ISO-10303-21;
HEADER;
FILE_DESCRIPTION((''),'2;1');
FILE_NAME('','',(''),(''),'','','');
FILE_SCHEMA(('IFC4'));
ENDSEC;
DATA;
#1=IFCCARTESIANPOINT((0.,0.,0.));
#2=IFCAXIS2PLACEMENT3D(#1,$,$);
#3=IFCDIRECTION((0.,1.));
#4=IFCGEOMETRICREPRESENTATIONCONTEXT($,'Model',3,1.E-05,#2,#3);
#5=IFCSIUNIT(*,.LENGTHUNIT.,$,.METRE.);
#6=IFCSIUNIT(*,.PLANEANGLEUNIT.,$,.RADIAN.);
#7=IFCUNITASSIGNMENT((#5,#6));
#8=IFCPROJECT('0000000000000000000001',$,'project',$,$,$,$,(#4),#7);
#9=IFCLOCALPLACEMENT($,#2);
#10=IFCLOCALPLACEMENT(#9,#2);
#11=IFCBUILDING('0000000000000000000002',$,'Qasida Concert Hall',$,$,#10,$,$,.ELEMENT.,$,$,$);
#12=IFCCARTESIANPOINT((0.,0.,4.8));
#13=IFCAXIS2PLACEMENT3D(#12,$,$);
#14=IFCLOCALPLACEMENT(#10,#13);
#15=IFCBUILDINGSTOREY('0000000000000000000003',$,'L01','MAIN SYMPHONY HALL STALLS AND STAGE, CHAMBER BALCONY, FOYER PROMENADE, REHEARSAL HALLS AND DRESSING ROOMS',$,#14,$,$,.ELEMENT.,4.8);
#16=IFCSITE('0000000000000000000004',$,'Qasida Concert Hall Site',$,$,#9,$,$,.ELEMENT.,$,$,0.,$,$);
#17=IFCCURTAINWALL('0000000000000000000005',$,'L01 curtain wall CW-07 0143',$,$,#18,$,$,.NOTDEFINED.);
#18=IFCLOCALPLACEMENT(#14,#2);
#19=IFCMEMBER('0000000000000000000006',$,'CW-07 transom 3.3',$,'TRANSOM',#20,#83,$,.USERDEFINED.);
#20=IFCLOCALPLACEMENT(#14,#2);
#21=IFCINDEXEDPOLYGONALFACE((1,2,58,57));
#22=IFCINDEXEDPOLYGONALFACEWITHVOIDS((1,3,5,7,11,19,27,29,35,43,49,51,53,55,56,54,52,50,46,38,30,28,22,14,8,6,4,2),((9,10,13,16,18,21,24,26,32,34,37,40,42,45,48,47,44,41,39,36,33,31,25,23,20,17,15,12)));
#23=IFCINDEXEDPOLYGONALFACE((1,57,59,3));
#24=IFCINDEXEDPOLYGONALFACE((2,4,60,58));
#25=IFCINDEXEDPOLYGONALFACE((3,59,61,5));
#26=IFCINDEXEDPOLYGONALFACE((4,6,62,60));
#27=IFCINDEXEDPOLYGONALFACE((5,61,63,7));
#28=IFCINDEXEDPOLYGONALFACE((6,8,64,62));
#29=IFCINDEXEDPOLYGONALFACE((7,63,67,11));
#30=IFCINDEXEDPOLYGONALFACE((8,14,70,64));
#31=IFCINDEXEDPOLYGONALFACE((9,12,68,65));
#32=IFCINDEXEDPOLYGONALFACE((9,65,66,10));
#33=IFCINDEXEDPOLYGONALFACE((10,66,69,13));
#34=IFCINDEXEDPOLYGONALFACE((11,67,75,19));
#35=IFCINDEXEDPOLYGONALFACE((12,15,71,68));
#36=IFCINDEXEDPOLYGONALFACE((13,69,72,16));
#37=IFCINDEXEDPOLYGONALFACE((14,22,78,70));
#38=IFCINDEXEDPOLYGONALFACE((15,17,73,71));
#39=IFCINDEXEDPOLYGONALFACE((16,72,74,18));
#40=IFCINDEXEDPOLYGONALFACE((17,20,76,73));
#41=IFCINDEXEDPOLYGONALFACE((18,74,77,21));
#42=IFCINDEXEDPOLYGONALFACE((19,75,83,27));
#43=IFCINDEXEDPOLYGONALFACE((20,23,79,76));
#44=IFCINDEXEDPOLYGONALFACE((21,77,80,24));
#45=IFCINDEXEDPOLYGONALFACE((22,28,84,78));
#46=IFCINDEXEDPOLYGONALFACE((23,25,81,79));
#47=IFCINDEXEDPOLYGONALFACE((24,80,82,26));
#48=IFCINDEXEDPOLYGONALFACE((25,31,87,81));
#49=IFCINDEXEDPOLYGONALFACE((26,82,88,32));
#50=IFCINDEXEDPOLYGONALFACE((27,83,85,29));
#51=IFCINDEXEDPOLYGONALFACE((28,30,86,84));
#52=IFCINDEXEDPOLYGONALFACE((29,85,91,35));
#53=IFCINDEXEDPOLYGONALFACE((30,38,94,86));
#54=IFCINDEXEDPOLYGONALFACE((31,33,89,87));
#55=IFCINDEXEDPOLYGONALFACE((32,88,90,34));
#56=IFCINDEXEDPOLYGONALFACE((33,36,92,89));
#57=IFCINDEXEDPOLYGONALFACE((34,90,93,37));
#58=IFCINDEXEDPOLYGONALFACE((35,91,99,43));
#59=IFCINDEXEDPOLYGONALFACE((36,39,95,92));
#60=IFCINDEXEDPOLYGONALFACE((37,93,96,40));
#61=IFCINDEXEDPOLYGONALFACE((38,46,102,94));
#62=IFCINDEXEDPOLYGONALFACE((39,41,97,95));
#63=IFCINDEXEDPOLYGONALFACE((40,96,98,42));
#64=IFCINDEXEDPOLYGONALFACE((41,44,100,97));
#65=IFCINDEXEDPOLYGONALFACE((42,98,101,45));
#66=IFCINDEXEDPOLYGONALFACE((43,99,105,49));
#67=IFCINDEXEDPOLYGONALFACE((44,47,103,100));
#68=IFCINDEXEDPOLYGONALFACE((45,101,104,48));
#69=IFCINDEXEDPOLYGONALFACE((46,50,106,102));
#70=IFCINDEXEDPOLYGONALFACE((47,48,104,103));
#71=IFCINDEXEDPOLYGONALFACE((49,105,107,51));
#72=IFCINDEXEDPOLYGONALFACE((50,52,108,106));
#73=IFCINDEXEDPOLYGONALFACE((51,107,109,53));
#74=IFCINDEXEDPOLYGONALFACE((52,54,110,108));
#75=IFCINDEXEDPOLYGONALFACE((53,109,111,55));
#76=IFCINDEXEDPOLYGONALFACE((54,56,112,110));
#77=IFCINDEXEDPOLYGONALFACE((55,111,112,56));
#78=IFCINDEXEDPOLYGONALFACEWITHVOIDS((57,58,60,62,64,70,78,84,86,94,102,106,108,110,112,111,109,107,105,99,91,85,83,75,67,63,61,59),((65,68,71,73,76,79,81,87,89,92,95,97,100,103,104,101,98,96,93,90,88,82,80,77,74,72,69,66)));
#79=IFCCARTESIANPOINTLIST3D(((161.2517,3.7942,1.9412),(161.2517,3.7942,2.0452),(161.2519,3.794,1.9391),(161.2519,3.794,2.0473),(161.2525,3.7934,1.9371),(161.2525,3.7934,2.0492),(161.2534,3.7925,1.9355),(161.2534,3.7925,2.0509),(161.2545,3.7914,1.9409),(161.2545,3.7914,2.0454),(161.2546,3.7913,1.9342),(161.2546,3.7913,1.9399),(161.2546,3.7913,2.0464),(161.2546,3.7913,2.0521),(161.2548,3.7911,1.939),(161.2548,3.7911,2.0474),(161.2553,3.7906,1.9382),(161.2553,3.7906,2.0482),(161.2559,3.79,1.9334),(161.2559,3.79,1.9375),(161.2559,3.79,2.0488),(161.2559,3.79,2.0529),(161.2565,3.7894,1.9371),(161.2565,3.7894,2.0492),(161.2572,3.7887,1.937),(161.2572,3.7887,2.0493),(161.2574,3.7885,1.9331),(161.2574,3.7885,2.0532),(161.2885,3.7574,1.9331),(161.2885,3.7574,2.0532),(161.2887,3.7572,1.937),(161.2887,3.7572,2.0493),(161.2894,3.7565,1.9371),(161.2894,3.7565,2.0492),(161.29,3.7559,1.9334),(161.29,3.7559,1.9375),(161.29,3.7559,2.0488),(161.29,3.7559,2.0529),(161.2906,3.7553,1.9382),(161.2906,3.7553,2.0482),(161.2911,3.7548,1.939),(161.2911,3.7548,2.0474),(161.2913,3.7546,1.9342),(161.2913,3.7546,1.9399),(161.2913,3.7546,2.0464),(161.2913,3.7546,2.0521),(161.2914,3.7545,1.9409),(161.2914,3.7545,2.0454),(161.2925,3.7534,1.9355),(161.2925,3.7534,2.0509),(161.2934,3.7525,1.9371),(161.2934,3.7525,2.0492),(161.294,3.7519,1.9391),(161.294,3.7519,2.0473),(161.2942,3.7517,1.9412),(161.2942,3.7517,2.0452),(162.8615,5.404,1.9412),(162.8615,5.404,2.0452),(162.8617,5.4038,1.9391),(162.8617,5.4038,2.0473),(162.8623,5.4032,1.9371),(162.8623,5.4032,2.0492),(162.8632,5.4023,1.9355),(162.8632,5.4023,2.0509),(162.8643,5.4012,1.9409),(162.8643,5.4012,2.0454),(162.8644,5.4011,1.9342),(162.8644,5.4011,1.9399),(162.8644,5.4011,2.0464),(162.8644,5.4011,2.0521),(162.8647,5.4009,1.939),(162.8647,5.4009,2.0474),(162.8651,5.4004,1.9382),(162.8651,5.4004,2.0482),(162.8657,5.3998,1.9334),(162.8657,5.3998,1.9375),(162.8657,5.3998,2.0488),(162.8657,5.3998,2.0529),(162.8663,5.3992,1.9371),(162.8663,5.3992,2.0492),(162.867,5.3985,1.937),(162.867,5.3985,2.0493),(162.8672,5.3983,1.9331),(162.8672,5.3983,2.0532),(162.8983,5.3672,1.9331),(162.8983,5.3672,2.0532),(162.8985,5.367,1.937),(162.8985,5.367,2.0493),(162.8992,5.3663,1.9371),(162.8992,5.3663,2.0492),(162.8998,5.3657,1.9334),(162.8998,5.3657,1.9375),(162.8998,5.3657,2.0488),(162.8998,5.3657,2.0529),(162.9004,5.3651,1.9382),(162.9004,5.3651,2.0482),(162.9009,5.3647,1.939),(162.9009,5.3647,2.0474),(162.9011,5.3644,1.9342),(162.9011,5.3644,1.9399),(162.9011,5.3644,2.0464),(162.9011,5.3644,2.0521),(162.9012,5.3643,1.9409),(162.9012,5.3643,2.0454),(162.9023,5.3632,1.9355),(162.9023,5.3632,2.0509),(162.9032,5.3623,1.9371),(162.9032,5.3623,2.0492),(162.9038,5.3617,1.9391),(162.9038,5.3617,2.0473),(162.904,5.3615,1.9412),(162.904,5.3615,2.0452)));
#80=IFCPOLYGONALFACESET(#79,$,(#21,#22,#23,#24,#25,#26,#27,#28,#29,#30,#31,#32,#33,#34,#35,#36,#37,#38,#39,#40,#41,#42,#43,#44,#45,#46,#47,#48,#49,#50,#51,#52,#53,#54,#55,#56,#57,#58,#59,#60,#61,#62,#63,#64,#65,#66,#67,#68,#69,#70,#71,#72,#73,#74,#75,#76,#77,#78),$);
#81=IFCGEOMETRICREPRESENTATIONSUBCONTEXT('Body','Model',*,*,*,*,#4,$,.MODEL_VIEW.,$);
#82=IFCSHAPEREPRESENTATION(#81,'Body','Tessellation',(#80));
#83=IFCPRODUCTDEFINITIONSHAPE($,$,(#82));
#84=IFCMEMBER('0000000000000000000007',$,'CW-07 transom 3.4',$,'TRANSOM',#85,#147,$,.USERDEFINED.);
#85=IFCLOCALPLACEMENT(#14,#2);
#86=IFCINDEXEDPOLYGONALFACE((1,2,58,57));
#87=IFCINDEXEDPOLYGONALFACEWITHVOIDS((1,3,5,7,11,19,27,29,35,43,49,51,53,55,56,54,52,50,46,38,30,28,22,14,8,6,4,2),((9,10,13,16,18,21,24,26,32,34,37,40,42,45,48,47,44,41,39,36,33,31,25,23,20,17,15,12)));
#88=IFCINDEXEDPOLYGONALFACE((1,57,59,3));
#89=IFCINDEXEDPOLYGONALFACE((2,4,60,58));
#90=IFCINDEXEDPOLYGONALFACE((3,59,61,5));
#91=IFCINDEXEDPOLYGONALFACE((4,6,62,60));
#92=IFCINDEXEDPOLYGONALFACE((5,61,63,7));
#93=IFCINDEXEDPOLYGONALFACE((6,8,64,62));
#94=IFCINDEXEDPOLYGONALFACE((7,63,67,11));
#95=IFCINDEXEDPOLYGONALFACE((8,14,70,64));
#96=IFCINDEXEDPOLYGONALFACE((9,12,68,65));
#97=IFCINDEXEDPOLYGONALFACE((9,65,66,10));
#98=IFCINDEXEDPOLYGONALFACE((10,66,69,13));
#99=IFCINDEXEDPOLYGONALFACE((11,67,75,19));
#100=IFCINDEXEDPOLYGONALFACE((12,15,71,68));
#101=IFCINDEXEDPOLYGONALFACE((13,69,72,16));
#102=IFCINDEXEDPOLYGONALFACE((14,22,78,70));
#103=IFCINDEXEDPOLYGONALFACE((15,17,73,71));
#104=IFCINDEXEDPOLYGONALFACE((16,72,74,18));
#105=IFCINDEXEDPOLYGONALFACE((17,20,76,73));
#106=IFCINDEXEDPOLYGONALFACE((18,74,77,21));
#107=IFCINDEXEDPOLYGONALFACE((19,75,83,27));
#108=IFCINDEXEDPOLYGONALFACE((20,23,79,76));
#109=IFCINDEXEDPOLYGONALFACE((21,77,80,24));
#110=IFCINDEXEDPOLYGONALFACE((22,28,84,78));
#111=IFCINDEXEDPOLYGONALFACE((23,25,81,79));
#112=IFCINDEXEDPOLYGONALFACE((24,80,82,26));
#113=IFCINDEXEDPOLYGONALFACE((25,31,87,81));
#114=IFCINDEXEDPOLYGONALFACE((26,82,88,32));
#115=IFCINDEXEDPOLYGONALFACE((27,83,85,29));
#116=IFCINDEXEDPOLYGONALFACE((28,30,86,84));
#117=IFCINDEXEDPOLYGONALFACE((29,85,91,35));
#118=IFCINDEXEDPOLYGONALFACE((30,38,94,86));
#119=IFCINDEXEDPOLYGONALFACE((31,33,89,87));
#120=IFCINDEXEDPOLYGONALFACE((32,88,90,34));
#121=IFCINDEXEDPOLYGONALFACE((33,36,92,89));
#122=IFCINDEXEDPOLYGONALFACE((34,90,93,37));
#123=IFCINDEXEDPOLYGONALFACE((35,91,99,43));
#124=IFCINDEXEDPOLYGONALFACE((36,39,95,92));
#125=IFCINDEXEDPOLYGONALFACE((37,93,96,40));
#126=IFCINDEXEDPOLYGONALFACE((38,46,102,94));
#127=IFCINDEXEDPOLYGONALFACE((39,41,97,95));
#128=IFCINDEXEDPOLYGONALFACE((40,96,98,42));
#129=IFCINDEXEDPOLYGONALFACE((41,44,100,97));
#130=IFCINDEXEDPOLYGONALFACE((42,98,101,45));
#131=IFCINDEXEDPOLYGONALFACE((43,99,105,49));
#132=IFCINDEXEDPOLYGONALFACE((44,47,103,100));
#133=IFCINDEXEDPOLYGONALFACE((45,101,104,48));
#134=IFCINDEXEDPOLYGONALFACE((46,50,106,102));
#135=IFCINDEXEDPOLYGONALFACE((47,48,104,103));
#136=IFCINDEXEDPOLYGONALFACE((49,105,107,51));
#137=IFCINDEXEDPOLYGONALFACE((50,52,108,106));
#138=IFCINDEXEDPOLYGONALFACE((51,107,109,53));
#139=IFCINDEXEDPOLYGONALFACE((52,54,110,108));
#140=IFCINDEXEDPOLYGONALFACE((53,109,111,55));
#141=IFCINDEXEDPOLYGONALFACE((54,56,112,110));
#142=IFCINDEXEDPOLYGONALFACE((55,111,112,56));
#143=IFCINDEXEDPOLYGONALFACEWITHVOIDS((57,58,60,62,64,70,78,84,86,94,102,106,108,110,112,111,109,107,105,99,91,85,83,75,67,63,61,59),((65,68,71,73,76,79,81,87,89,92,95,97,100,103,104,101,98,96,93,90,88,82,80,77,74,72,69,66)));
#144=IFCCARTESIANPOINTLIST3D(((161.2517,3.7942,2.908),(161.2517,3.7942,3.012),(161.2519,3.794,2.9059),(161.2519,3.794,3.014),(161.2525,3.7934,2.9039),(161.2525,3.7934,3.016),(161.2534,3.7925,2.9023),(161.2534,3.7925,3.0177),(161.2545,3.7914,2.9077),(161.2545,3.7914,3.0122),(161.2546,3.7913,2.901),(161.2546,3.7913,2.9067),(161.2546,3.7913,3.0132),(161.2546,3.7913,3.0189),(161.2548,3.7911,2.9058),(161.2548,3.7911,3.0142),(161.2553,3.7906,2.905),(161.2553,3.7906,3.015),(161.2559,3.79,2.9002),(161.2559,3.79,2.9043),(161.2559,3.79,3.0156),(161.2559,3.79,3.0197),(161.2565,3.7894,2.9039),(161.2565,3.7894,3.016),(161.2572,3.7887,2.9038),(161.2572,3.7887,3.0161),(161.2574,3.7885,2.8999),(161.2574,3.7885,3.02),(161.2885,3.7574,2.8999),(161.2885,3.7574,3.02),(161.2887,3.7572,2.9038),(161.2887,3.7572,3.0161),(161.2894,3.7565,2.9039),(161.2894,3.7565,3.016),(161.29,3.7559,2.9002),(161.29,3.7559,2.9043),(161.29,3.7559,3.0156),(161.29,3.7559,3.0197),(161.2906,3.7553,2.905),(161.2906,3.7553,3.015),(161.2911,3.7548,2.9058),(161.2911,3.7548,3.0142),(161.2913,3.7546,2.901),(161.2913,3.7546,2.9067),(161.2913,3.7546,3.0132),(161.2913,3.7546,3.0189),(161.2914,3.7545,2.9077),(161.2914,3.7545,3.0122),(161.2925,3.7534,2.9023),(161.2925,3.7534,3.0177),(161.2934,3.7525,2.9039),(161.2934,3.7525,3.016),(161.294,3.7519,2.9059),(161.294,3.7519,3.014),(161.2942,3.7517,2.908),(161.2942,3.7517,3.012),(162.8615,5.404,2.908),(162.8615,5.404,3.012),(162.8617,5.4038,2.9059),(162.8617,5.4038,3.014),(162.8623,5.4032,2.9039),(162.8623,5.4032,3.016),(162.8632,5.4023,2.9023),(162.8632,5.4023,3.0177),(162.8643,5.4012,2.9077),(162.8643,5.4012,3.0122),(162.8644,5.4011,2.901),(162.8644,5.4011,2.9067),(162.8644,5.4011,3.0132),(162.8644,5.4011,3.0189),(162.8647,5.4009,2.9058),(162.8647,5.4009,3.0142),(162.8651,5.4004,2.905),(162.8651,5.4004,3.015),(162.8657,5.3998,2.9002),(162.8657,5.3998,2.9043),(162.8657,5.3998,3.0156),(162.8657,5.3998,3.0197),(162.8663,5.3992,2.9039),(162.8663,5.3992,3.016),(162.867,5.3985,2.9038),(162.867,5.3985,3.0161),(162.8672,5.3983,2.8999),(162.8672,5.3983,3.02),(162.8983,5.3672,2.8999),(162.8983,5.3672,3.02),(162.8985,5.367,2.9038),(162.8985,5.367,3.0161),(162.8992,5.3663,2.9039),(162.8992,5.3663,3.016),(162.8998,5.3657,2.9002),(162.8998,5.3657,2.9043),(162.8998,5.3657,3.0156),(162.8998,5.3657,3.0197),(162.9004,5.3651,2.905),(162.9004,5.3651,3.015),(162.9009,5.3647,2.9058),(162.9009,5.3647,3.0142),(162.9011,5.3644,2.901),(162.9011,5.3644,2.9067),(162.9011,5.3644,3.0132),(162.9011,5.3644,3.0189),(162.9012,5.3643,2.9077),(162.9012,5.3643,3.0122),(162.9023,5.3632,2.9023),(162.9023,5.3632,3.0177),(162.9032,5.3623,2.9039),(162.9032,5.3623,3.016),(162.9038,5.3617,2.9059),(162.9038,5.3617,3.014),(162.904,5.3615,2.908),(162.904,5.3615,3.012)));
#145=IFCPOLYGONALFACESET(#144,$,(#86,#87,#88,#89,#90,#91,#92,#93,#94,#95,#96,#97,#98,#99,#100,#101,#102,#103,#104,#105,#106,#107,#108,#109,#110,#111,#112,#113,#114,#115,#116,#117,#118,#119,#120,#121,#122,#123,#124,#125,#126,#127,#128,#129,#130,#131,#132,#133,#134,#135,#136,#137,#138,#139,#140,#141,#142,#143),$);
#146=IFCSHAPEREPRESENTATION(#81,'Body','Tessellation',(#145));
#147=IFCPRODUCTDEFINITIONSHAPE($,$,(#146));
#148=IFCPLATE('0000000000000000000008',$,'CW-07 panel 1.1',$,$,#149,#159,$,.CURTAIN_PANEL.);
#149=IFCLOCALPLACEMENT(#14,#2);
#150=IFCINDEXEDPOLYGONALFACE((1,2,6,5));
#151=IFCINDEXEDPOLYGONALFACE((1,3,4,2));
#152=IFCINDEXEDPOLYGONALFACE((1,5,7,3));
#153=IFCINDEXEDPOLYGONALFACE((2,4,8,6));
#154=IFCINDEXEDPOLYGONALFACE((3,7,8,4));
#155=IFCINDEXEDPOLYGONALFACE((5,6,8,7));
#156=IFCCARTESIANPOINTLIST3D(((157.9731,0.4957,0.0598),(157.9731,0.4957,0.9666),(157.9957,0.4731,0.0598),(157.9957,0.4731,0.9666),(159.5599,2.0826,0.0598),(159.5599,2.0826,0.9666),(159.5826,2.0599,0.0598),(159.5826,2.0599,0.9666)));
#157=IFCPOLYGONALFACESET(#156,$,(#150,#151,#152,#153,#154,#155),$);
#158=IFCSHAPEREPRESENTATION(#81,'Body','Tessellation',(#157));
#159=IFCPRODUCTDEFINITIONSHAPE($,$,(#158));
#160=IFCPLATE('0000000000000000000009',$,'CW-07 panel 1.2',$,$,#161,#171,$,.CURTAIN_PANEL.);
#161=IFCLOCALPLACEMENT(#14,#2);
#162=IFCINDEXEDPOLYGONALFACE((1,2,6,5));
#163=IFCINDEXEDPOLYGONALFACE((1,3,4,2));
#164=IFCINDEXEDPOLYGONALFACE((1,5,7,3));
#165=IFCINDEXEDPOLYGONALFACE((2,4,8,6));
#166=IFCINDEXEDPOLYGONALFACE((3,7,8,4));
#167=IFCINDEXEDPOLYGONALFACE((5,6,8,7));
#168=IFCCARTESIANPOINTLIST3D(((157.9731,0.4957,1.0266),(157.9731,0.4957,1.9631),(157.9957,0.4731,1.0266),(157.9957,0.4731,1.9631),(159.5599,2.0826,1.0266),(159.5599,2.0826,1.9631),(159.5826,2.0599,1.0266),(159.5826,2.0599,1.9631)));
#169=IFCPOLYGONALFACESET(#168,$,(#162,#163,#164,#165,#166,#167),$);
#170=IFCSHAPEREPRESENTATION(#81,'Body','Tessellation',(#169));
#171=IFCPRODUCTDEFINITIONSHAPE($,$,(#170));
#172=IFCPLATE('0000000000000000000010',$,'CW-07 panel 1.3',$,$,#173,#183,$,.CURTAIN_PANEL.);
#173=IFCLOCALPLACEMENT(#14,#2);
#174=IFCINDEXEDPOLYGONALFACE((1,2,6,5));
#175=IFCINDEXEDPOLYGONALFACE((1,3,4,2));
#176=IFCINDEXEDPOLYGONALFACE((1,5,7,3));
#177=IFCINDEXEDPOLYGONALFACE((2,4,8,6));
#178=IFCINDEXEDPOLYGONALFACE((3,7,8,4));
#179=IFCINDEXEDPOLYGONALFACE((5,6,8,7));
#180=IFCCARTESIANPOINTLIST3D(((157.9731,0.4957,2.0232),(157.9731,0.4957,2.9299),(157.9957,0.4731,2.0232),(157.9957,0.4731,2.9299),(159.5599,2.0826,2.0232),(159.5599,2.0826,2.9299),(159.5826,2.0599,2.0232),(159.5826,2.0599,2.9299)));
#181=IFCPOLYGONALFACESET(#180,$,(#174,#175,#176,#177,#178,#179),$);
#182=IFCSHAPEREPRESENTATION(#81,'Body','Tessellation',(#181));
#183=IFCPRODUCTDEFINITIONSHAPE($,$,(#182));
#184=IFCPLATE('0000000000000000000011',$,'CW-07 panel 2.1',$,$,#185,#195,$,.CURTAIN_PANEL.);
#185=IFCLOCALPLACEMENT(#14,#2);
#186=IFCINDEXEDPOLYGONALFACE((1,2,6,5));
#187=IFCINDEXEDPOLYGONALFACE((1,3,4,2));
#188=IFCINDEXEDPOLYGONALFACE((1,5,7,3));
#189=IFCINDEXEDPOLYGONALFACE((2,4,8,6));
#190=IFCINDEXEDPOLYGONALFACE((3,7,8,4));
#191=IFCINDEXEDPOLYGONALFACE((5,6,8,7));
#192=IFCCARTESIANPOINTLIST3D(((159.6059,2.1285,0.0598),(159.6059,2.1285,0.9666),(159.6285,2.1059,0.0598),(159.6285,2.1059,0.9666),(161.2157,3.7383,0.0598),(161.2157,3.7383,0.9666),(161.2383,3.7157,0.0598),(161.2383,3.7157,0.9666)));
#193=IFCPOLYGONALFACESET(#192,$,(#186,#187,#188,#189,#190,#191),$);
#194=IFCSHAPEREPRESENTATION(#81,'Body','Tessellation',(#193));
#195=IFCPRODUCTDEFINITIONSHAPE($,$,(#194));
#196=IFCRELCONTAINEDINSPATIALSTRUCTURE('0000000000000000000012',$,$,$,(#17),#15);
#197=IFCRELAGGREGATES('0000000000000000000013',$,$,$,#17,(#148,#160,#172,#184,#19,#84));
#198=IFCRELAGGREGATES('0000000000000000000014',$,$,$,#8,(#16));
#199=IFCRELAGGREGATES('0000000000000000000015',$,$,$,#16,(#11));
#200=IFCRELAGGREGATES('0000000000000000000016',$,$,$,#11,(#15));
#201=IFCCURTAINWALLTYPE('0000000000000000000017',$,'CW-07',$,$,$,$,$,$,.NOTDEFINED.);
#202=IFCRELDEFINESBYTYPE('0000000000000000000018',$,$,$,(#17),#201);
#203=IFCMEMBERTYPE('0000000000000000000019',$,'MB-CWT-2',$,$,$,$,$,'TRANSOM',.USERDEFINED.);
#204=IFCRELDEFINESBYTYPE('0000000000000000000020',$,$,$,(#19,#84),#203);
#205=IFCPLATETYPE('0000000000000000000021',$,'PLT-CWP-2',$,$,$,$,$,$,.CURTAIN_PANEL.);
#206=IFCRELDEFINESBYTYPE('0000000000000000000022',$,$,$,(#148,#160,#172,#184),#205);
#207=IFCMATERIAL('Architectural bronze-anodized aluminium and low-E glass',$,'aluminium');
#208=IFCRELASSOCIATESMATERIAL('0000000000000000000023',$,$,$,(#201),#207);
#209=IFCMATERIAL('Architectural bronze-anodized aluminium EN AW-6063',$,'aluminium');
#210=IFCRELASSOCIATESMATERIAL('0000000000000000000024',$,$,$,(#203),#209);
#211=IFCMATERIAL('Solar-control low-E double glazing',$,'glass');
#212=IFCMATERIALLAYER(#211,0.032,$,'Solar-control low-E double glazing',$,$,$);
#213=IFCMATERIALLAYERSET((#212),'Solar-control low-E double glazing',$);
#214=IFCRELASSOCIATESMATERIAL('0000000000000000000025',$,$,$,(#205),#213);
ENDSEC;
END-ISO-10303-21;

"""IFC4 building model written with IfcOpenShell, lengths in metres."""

from ifc_helpers import new_model, si_unit, direction, frame, origin, origin_2d, place, context, subcontext, project, spatial, rectangle, hollow_rectangle, extrude, material, layer, layer_set, material_profile, profile_set, type_object, element, aggregate, save


model = new_model("IFC4")

# Units and contexts
model_context = context("Model", 3, precision=1e-05, world=origin(), true_north=direction((0.0, 1.0)))
body_context = subcontext(model_context, "Body", "Model", "MODEL_VIEW")
ifc_project = project(units=[si_unit("LENGTHUNIT", "METRE"), si_unit("PLANEANGLEUNIT", "RADIAN")], contexts=[model_context])

# Site, building, storey
site_placement = place(None, origin())
site = spatial("IfcSite", under=ifc_project, at=site_placement, Name="Qasida Concert Hall Site", CompositionType="ELEMENT", RefElevation=0.0)
building_placement = place(site_placement, origin())
building = spatial("IfcBuilding", under=site, at=building_placement, Name="Qasida Concert Hall", CompositionType="ELEMENT")
storey_placement = place(building_placement, frame((0.0, 0.0, 4.8)))
storey = spatial("IfcBuildingStorey", under=building, at=storey_placement, Name="L01", Description="MAIN SYMPHONY HALL STALLS AND STAGE, CHAMBER BALCONY, FOYER PROMENADE, REHEARSAL HALLS AND DRESSING ROOMS", CompositionType="ELEMENT", Elevation=4.8)

# Curtain wall, members, plates
ifc_material_1 = material(Name="Architectural bronze-anodized aluminium and low-E glass", Category="aluminium")
curtain_wall_type = type_object("IfcCurtainWallType", Name="CW-07", PredefinedType="NOTDEFINED", material=ifc_material_1)
curtain_wall_placement = place(storey_placement, origin())
curtain_wall = element("IfcCurtainWall", 1, at=curtain_wall_placement, inside=storey, type_object=curtain_wall_type, Name="L01 curtain wall CW-07 0143", PredefinedType="NOTDEFINED")
ifc_material_2 = material(Name="Architectural bronze-anodized aluminium EN AW-6063", Category="aluminium")
ifc_material_profile_1 = material_profile(ifc_material_2, hollow_rectangle(XDim=0.0601, YDim=0.1201, WallThickness=0.0039, InnerFilletRadius=0.0039, OuterFilletRadius=0.0081, at=origin_2d()), Name="CWT 120x60x4")
ifc_profile_set_1 = profile_set([ifc_material_profile_1], Name="Architectural bronze-anodized aluminium EN AW-6063")
member_type_1 = type_object("IfcMemberType", Name="MB-CWT-2", ElementType="TRANSOM", PredefinedType="USERDEFINED", material=ifc_profile_set_1)
member_1_placement = place(storey_placement, frame((161.2729, 3.7729, 1.9932), z_axis=(0.707107, 0.707107, 0.0), x_axis=(-0.707107, 0.707107, 0.0)))
member_1 = element("IfcMember", 2, at=member_1_placement, type_object=member_type_1, Name="CW-07 transom 3.3", ObjectType="TRANSOM", PredefinedType="USERDEFINED", context=body_context, shape_type="SweptSolid", body=[
    extrude(hollow_rectangle(XDim=0.0601, YDim=0.1201, WallThickness=0.0039, InnerFilletRadius=0.0039, OuterFilletRadius=0.0081, at=origin_2d()), origin(), (0.0, 0.0, 1.0), 2.2766),
])
member_2_placement = place(storey_placement, frame((161.2729, 3.7729, 2.96), z_axis=(0.707107, 0.707107, 0.0), x_axis=(-0.707107, 0.707107, 0.0)))
member_2 = element("IfcMember", 3, at=member_2_placement, type_object=member_type_1, Name="CW-07 transom 3.4", ObjectType="TRANSOM", PredefinedType="USERDEFINED", context=body_context, shape_type="SweptSolid", body=[
    extrude(hollow_rectangle(XDim=0.0601, YDim=0.1201, WallThickness=0.0039, InnerFilletRadius=0.0039, OuterFilletRadius=0.0081, at=origin_2d()), origin(), (0.0, 0.0, 1.0), 2.2766),
])
ifc_material_3 = material(Name="Solar-control low-E double glazing", Category="glass")
ifc_layer = layer(ifc_material_3, 0.032, Name="Solar-control low-E double glazing")
ifc_layer_set = layer_set([ifc_layer], Name="Solar-control low-E double glazing")
plate_type = type_object("IfcPlateType", Name="PLT-CWP-2", PredefinedType="CURTAIN_PANEL", material=ifc_layer_set)
plate_1_placement = place(storey_placement, frame((158.7778, 1.2778, 0.0598), z_axis=(0.0, 0.0, 1.0), x_axis=(0.707107, 0.707107, 0.0)))
plate_1 = element("IfcPlate", 4, at=plate_1_placement, type_object=plate_type, Name="CW-07 panel 1.1", PredefinedType="CURTAIN_PANEL", context=body_context, shape_type="SweptSolid", body=[
    extrude(rectangle(XDim=2.2441, YDim=0.032, at=origin_2d()), origin(), (0.0, 0.0, 1.0), 0.9067),
])
plate_2_placement = place(storey_placement, frame((158.7778, 1.2778, 1.0266), z_axis=(0.0, 0.0, 1.0), x_axis=(0.707107, 0.707107, 0.0)))
plate_2 = element("IfcPlate", 5, at=plate_2_placement, type_object=plate_type, Name="CW-07 panel 1.2", PredefinedType="CURTAIN_PANEL", context=body_context, shape_type="SweptSolid", body=[
    extrude(rectangle(XDim=2.2441, YDim=0.032, at=origin_2d()), origin(), (0.0, 0.0, 1.0), 0.9365),
])
plate_3_placement = place(storey_placement, frame((158.7778, 1.2778, 2.0232), z_axis=(0.0, 0.0, 1.0), x_axis=(0.707107, 0.707107, 0.0)))
plate_3 = element("IfcPlate", 6, at=plate_3_placement, type_object=plate_type, Name="CW-07 panel 1.3", PredefinedType="CURTAIN_PANEL", context=body_context, shape_type="SweptSolid", body=[
    extrude(rectangle(XDim=2.2441, YDim=0.032, at=origin_2d()), origin(), (0.0, 0.0, 1.0), 0.9067),
])
plate_4_placement = place(storey_placement, frame((160.4221, 2.9221, 0.0598), z_axis=(0.0, 0.0, 1.0), x_axis=(0.707107, 0.707107, 0.0)))
plate_4 = element("IfcPlate", 7, at=plate_4_placement, type_object=plate_type, Name="CW-07 panel 2.1", PredefinedType="CURTAIN_PANEL", context=body_context, shape_type="SweptSolid", body=[
    extrude(rectangle(XDim=2.2766, YDim=0.032, at=origin_2d()), origin(), (0.0, 0.0, 1.0), 0.9067),
])
aggregate(curtain_wall, [plate_1, plate_2, plate_3, plate_4, member_1, member_2])

save(model, "model.ifc")
